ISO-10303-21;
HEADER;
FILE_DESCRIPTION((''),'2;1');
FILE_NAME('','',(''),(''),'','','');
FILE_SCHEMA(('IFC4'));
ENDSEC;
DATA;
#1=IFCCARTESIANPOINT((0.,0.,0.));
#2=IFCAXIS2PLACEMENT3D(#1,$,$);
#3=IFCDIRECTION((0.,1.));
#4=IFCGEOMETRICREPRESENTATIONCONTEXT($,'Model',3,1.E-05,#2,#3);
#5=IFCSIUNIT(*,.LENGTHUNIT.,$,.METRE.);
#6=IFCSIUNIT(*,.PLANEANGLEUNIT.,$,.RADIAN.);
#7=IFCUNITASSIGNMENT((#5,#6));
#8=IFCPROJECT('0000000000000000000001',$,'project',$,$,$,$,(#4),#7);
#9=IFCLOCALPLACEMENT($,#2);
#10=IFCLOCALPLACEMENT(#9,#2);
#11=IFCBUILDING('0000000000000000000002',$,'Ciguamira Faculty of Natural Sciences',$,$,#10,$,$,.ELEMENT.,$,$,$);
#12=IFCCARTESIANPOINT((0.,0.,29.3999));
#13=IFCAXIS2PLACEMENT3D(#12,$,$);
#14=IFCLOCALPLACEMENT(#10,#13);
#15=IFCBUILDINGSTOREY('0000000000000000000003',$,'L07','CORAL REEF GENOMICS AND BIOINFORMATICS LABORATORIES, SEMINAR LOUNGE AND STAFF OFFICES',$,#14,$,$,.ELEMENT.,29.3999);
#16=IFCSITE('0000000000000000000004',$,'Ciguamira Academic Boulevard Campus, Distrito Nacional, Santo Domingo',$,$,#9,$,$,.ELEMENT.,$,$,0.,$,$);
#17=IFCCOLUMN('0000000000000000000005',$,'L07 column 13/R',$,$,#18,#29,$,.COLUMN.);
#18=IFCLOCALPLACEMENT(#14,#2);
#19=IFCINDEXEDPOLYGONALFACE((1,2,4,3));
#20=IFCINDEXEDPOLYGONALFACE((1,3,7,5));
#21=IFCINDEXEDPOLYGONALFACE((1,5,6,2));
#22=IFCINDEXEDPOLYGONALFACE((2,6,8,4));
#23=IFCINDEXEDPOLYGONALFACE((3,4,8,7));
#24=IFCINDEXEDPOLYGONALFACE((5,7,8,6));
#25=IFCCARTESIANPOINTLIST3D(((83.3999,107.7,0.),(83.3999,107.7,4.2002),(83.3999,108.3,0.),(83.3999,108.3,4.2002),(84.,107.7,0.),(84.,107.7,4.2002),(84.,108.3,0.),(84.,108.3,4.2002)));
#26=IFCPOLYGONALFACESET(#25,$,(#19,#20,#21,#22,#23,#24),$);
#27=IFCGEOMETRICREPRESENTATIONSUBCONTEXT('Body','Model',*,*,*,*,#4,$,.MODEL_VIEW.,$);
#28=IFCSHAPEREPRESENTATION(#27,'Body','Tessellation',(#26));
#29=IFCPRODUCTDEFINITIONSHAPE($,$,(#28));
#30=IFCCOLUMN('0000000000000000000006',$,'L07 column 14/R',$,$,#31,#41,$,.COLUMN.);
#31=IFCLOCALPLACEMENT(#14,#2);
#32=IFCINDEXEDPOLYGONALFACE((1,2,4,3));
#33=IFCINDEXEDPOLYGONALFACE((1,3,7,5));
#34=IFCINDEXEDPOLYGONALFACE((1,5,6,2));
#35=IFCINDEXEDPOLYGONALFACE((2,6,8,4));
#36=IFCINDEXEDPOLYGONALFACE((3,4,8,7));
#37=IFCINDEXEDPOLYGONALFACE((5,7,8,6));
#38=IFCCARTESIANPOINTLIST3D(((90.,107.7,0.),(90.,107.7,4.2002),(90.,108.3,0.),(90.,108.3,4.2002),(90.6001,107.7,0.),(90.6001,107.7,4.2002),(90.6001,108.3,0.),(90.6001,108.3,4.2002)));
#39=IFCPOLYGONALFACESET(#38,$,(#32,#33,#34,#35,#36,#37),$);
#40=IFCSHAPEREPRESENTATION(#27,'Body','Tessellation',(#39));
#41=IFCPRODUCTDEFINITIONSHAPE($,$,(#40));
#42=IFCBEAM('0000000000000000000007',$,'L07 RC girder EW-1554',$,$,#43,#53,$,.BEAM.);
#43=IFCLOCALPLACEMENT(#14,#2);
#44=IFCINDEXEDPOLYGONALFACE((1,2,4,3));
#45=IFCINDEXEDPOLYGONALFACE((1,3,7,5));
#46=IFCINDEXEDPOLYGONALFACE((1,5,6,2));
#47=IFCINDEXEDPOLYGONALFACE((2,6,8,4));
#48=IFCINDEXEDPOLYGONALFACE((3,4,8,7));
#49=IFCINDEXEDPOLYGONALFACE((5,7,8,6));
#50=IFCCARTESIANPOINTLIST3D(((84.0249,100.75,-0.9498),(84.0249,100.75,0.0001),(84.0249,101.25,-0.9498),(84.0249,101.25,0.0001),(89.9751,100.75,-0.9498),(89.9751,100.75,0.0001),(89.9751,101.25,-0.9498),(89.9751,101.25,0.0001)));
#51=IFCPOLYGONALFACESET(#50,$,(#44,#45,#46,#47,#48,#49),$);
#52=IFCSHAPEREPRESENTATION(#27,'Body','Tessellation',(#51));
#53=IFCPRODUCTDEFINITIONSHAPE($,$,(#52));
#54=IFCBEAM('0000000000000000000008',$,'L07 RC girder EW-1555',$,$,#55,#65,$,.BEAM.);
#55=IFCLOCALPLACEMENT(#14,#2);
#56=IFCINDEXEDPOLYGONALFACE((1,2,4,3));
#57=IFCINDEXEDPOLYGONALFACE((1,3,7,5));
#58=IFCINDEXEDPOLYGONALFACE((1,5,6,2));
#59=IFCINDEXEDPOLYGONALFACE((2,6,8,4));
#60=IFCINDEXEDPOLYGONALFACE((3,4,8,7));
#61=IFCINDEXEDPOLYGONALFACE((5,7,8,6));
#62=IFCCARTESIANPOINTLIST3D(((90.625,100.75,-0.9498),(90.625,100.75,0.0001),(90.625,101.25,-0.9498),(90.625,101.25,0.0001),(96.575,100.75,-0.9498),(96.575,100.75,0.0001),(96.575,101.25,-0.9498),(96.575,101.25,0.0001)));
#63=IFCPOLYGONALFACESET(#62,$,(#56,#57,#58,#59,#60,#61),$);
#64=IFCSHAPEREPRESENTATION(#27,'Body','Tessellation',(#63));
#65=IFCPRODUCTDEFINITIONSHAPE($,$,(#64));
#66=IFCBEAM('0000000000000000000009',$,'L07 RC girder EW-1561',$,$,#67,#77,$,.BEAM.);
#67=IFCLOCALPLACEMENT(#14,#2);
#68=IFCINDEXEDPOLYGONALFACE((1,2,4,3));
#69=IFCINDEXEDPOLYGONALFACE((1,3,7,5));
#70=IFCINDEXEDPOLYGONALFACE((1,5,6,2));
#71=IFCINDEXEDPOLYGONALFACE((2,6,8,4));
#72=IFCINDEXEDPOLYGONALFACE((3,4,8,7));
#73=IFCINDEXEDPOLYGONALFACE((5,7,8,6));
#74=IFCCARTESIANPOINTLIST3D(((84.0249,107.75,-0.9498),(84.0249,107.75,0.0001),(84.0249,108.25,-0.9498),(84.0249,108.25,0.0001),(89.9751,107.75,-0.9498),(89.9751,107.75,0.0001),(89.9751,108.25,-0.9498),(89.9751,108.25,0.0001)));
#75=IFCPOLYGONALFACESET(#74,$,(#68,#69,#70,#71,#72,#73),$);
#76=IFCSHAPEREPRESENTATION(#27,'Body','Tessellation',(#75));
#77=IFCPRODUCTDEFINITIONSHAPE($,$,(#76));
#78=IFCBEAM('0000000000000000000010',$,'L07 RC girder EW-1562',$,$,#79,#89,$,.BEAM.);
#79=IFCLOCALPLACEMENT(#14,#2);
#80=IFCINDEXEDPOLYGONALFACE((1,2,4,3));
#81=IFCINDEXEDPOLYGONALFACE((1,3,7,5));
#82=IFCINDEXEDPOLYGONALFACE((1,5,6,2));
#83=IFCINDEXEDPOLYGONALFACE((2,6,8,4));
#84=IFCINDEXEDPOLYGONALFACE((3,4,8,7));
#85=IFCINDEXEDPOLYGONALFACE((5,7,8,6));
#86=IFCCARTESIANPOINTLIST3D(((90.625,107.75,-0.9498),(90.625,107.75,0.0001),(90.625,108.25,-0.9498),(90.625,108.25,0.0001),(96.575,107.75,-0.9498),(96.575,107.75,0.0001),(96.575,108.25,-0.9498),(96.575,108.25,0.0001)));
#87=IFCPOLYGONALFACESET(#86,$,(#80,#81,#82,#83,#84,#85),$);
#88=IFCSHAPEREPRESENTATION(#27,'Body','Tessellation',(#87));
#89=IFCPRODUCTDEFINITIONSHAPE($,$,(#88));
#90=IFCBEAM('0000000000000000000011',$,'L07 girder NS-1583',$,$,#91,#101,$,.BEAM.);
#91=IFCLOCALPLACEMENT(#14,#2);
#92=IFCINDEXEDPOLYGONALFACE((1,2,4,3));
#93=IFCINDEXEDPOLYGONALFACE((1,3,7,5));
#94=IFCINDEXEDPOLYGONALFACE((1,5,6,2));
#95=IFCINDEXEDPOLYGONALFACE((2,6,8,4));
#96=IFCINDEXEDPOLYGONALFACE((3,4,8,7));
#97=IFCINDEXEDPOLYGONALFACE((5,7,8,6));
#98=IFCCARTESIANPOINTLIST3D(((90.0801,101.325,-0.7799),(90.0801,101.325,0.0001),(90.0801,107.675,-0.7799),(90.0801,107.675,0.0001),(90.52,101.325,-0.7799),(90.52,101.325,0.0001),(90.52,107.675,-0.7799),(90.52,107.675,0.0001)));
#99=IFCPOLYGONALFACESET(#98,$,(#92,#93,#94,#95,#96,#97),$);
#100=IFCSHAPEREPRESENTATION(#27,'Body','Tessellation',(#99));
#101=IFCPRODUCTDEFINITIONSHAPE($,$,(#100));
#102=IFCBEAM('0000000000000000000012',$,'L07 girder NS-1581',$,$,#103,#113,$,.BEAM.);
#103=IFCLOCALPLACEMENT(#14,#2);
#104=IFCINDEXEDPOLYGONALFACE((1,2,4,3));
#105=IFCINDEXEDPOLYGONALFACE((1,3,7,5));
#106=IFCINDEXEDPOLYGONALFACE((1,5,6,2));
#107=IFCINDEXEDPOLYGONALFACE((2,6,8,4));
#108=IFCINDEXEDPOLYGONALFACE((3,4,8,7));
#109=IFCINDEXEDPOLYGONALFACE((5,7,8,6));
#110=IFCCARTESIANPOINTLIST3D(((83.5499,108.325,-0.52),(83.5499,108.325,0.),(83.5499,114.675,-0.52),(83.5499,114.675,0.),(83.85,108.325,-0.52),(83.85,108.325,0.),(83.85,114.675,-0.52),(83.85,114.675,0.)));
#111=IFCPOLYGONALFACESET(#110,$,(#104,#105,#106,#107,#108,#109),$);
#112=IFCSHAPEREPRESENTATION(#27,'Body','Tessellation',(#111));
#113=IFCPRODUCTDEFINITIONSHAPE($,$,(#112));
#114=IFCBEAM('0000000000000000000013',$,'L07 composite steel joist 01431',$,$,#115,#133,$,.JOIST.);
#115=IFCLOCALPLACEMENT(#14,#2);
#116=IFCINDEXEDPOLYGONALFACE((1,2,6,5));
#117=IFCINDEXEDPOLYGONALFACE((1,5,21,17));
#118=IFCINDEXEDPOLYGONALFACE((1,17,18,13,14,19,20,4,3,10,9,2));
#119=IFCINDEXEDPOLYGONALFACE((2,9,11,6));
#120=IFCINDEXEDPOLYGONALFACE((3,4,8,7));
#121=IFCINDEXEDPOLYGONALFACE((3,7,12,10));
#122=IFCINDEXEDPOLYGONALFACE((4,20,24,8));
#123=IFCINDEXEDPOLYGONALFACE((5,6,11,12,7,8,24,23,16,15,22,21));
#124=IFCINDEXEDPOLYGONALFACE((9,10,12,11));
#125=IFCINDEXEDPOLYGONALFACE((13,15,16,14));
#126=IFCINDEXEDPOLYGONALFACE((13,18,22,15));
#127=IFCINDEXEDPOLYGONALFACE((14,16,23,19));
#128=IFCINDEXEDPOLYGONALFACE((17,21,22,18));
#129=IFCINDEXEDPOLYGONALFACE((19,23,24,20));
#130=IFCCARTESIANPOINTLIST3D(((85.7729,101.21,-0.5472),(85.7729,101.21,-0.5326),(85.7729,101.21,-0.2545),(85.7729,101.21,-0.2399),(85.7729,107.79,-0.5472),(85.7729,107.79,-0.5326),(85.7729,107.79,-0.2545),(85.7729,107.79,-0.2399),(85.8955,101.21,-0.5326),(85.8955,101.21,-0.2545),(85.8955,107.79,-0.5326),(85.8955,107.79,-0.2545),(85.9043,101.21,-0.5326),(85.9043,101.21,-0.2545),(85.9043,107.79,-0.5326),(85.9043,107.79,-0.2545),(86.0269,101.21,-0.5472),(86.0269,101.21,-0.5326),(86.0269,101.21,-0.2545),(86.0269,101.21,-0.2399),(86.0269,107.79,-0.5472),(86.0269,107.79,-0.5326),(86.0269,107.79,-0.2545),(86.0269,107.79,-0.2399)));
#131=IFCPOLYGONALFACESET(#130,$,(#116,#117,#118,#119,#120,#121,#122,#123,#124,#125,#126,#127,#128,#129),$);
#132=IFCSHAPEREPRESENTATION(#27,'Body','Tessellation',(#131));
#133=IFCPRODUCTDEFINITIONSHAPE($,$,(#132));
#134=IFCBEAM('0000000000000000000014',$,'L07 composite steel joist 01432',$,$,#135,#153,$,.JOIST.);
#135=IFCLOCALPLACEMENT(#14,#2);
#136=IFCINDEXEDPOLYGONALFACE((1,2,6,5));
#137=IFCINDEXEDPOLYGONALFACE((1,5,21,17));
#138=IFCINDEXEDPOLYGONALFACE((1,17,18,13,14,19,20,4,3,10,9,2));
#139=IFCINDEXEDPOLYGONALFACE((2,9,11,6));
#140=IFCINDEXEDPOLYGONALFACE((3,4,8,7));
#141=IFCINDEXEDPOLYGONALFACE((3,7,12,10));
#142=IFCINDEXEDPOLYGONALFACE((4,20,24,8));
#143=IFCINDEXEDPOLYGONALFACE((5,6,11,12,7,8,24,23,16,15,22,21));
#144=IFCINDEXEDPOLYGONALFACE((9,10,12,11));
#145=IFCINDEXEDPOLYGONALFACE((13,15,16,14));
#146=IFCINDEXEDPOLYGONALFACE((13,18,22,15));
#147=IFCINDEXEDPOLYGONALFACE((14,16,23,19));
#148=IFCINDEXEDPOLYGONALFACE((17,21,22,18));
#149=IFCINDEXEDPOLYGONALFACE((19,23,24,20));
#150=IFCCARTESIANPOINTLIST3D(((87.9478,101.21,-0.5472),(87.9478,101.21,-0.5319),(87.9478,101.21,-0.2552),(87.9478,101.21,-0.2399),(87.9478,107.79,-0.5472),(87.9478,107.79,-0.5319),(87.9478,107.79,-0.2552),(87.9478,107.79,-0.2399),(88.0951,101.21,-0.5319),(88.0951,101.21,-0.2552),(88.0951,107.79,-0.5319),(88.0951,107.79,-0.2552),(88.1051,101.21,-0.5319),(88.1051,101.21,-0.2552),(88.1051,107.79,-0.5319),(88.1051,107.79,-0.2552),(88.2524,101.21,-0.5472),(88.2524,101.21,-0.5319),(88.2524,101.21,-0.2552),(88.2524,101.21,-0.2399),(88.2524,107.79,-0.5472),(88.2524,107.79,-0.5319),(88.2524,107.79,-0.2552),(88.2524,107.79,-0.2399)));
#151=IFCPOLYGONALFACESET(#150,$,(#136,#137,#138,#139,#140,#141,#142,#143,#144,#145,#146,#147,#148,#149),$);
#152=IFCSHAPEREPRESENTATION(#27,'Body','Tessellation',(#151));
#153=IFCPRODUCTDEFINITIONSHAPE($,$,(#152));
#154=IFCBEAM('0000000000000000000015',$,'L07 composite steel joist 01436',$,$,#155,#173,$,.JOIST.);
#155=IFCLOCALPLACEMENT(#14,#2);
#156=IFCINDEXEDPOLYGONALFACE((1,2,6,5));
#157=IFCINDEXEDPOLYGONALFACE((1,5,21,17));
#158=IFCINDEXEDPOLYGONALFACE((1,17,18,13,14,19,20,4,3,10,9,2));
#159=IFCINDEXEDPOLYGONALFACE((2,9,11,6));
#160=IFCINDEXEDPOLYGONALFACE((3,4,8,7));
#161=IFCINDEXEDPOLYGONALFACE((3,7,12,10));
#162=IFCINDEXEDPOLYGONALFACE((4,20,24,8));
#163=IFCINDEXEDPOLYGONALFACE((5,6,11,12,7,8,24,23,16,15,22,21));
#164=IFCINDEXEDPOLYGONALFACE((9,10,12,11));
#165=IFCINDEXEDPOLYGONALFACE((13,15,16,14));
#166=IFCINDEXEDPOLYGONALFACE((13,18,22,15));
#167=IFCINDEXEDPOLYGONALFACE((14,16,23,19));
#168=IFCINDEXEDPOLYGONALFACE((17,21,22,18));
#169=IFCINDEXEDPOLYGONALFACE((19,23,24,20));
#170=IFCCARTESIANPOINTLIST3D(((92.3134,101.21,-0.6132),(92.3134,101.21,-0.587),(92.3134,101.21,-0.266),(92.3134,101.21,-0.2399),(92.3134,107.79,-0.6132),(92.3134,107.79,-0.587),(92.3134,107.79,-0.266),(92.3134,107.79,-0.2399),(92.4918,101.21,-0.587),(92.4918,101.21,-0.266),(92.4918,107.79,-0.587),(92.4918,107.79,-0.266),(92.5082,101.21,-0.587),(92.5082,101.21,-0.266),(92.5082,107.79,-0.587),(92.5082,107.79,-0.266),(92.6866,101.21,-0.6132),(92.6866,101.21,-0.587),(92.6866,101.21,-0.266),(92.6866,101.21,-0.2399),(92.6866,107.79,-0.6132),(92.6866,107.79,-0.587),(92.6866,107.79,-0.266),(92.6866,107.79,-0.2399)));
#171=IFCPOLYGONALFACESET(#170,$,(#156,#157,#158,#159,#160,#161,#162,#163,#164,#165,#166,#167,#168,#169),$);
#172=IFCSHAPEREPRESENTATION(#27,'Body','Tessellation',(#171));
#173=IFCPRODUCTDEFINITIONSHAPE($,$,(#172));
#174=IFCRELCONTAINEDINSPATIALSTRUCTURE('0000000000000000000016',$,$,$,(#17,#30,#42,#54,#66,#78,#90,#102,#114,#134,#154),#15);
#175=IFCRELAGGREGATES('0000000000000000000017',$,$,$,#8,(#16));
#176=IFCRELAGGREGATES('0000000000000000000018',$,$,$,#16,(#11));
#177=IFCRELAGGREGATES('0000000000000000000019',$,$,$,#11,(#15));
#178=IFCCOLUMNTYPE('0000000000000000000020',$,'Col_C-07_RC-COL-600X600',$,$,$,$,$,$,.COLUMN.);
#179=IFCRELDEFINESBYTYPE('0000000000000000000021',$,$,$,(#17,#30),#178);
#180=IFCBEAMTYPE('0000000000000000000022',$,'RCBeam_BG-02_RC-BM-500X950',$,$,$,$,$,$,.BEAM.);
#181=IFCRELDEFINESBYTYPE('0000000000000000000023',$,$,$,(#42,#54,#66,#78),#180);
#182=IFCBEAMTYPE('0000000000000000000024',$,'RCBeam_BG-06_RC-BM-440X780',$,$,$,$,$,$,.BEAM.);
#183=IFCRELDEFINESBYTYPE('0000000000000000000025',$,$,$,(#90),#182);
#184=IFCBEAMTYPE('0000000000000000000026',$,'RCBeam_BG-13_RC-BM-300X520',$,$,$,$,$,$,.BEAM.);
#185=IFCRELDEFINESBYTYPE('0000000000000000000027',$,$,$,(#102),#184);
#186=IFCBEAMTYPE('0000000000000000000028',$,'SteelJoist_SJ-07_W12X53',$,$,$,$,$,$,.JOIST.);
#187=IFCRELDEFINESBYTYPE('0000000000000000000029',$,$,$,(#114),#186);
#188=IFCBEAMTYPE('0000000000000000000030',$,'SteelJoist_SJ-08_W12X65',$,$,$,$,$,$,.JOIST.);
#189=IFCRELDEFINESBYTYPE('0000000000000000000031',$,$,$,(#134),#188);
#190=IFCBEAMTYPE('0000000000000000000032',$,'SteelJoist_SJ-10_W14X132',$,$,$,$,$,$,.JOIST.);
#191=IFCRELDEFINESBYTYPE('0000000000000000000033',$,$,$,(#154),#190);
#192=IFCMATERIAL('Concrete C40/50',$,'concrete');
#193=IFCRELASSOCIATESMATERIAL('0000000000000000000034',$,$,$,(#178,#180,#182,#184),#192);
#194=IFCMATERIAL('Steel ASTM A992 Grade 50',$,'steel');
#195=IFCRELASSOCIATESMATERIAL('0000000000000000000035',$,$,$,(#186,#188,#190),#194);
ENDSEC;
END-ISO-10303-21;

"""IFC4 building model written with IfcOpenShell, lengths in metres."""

from ifc_helpers import new_model, si_unit, direction, frame, origin, origin_2d, place, context, subcontext, project, spatial, rectangle, i_section, extrude, material, material_profile, profile_set, type_object, element, save


model = new_model("IFC4")

# Units and contexts
model_context = context("Model", 3, precision=1e-05, world=origin(), true_north=direction((0.0, 1.0)))
body_context = subcontext(model_context, "Body", "Model", "MODEL_VIEW")
ifc_project = project(units=[si_unit("LENGTHUNIT", "METRE"), si_unit("PLANEANGLEUNIT", "RADIAN")], contexts=[model_context])

# Site, building, storey
site_placement = place(None, origin())
site = spatial("IfcSite", under=ifc_project, at=site_placement, Name="Ciguamira Academic Boulevard Campus, Distrito Nacional, Santo Domingo", CompositionType="ELEMENT", RefElevation=0.0)
building_placement = place(site_placement, origin())
building = spatial("IfcBuilding", under=site, at=building_placement, Name="Ciguamira Faculty of Natural Sciences", CompositionType="ELEMENT")
storey_placement = place(building_placement, frame((0.0, 0.0, 29.3999)))
storey = spatial("IfcBuildingStorey", under=building, at=storey_placement, Name="L07", Description="CORAL REEF GENOMICS AND BIOINFORMATICS LABORATORIES, SEMINAR LOUNGE AND STAFF OFFICES", CompositionType="ELEMENT", Elevation=29.3999)

# Columns
ifc_material_1 = material(Name="Concrete C40/50", Category="concrete")
ifc_material_profile_1 = material_profile(ifc_material_1, rectangle(XDim=0.6001, YDim=0.6001, at=origin_2d()), Name="RC-COL-600X600")
ifc_profile_set_1 = profile_set([ifc_material_profile_1], Name="Concrete C40/50")
column_type = type_object("IfcColumnType", Name="Col_C-07_RC-COL-600X600", PredefinedType="COLUMN", material=ifc_profile_set_1)
for number, where, z_axis, x_axis, name in (
    (1, (83.7, 108.0, 0.0), (0.0, 0.0, 1.0), (1.0, 0.0, 0.0), "L07 column 13/R"),
    (2, (90.3, 108.0, 0.0), (0.0, 0.0, 1.0), (1.0, 0.0, 0.0), "L07 column 14/R"),
):
    element("IfcColumn", number, at=place(storey_placement, frame(where, z_axis=z_axis, x_axis=x_axis)), inside=storey, type_object=column_type, Name=name, PredefinedType="COLUMN", context=body_context, shape_type="SweptSolid", body=[
        extrude(rectangle(XDim=0.6001, YDim=0.6001, at=origin_2d()), origin(), (0.0, 0.0, 1.0), 4.2002),
    ])

# Beams
ifc_material_profile_2 = material_profile(ifc_material_1, rectangle(XDim=0.5, YDim=0.95, at=origin_2d()), Name="RC-BM-500X950")
ifc_profile_set_2 = profile_set([ifc_material_profile_2], Name="Concrete C40/50")
beam_type_1 = type_object("IfcBeamType", Name="RCBeam_BG-02_RC-BM-500X950", PredefinedType="BEAM", material=ifc_profile_set_2)
beam_1_placement = place(storey_placement, frame((84.0249, 101.0, -0.4749), z_axis=(1.0, 0.0, 0.0), x_axis=(0.0, 1.0, 0.0)))
element("IfcBeam", 3, at=beam_1_placement, inside=storey, type_object=beam_type_1, Name="L07 RC girder EW-1554", PredefinedType="BEAM", context=body_context, shape_type="SweptSolid", body=[
    extrude(rectangle(XDim=0.5, YDim=0.95, at=origin_2d()), origin(), (0.0, 0.0, 1.0), 5.9502),
])
beam_2_placement = place(storey_placement, frame((90.625, 101.0, -0.4749), z_axis=(1.0, 0.0, 0.0), x_axis=(0.0, 1.0, 0.0)))
element("IfcBeam", 4, at=beam_2_placement, inside=storey, type_object=beam_type_1, Name="L07 RC girder EW-1555", PredefinedType="BEAM", context=body_context, shape_type="SweptSolid", body=[
    extrude(rectangle(XDim=0.5, YDim=0.95, at=origin_2d()), origin(), (0.0, 0.0, 1.0), 5.95),
])
beam_3_placement = place(storey_placement, frame((84.0249, 108.0, -0.4749), z_axis=(1.0, 0.0, 0.0), x_axis=(0.0, 1.0, 0.0)))
element("IfcBeam", 5, at=beam_3_placement, inside=storey, type_object=beam_type_1, Name="L07 RC girder EW-1561", PredefinedType="BEAM", context=body_context, shape_type="SweptSolid", body=[
    extrude(rectangle(XDim=0.5, YDim=0.95, at=origin_2d()), origin(), (0.0, 0.0, 1.0), 5.9502),
])
beam_4_placement = place(storey_placement, frame((90.625, 108.0, -0.4749), z_axis=(1.0, 0.0, 0.0), x_axis=(0.0, 1.0, 0.0)))
element("IfcBeam", 6, at=beam_4_placement, inside=storey, type_object=beam_type_1, Name="L07 RC girder EW-1562", PredefinedType="BEAM", context=body_context, shape_type="SweptSolid", body=[
    extrude(rectangle(XDim=0.5, YDim=0.95, at=origin_2d()), origin(), (0.0, 0.0, 1.0), 5.95),
])
ifc_material_profile_3 = material_profile(ifc_material_1, rectangle(XDim=0.4399, YDim=0.78, at=origin_2d()), Name="RC-BM-440X780")
ifc_profile_set_3 = profile_set([ifc_material_profile_3], Name="Concrete C40/50")
beam_type_2 = type_object("IfcBeamType", Name="RCBeam_BG-06_RC-BM-440X780", PredefinedType="BEAM", material=ifc_profile_set_3)
beam_5_placement = place(storey_placement, frame((90.3, 101.325, -0.3899), z_axis=(0.0, 1.0, 0.0), x_axis=(-1.0, 0.0, 0.0)))
element("IfcBeam", 7, at=beam_5_placement, inside=storey, type_object=beam_type_2, Name="L07 girder NS-1583", PredefinedType="BEAM", context=body_context, shape_type="SweptSolid", body=[
    extrude(rectangle(XDim=0.4399, YDim=0.78, at=origin_2d()), origin(), (0.0, 0.0, 1.0), 6.3501),
])
ifc_material_profile_4 = material_profile(ifc_material_1, rectangle(XDim=0.3, YDim=0.52, at=origin_2d()), Name="RC-BM-300X520")
ifc_profile_set_4 = profile_set([ifc_material_profile_4], Name="Concrete C40/50")
beam_type_3 = type_object("IfcBeamType", Name="RCBeam_BG-13_RC-BM-300X520", PredefinedType="BEAM", material=ifc_profile_set_4)
beam_6_placement = place(storey_placement, frame((83.7, 108.325, -0.26), z_axis=(0.0, 1.0, 0.0), x_axis=(-1.0, 0.0, 0.0)))
element("IfcBeam", 8, at=beam_6_placement, inside=storey, type_object=beam_type_3, Name="L07 girder NS-1581", PredefinedType="BEAM", context=body_context, shape_type="SweptSolid", body=[
    extrude(rectangle(XDim=0.3, YDim=0.52, at=origin_2d()), origin(), (0.0, 0.0, 1.0), 6.3501),
])
ifc_material_2 = material(Name="Steel ASTM A992 Grade 50", Category="steel")
ifc_material_profile_5 = material_profile(ifc_material_2, i_section(OverallWidth=0.2539, OverallDepth=0.3074, WebThickness=0.0088, FlangeThickness=0.0146, at=origin_2d()), Name="W12X53")
ifc_profile_set_5 = profile_set([ifc_material_profile_5], Name="Steel ASTM A992 Grade 50")
beam_type_4 = type_object("IfcBeamType", Name="SteelJoist_SJ-07_W12X53", PredefinedType="JOIST", material=ifc_profile_set_5)
beam_7_placement = place(storey_placement, frame((85.8999, 101.21, -0.3936), z_axis=(0.0, 1.0, 0.0), x_axis=(-1.0, 0.0, 0.0)))
element("IfcBeam", 9, at=beam_7_placement, inside=storey, type_object=beam_type_4, Name="L07 composite steel joist 01431", PredefinedType="JOIST", context=body_context, shape_type="SweptSolid", body=[
    extrude(i_section(OverallWidth=0.2539, OverallDepth=0.3074, WebThickness=0.0088, FlangeThickness=0.0146, at=origin_2d()), origin(), (0.0, 0.0, 1.0), 6.5801),
])
ifc_material_profile_6 = material_profile(ifc_material_2, i_section(OverallWidth=0.3047, OverallDepth=0.3074, WebThickness=0.01, FlangeThickness=0.0154, at=origin_2d()), Name="W12X65")
ifc_profile_set_6 = profile_set([ifc_material_profile_6], Name="Steel ASTM A992 Grade 50")
beam_type_5 = type_object("IfcBeamType", Name="SteelJoist_SJ-08_W12X65", PredefinedType="JOIST", material=ifc_profile_set_6)
beam_8_placement = place(storey_placement, frame((88.1001, 101.21, -0.3936), z_axis=(0.0, 1.0, 0.0), x_axis=(-1.0, 0.0, 0.0)))
element("IfcBeam", 10, at=beam_8_placement, inside=storey, type_object=beam_type_5, Name="L07 composite steel joist 01432", PredefinedType="JOIST", context=body_context, shape_type="SweptSolid", body=[
    extrude(i_section(OverallWidth=0.3047, OverallDepth=0.3074, WebThickness=0.01, FlangeThickness=0.0154, at=origin_2d()), origin(), (0.0, 0.0, 1.0), 6.5801),
])
ifc_material_profile_7 = material_profile(ifc_material_2, i_section(OverallWidth=0.3733, OverallDepth=0.3733, WebThickness=0.0164, FlangeThickness=0.0261, at=origin_2d()), Name="W14X132")
ifc_profile_set_7 = profile_set([ifc_material_profile_7], Name="Steel ASTM A992 Grade 50")
beam_type_6 = type_object("IfcBeamType", Name="SteelJoist_SJ-10_W14X132", PredefinedType="JOIST", material=ifc_profile_set_7)
beam_9_placement = place(storey_placement, frame((92.5, 101.21, -0.4265), z_axis=(0.0, 1.0, 0.0), x_axis=(-1.0, 0.0, 0.0)))
element("IfcBeam", 11, at=beam_9_placement, inside=storey, type_object=beam_type_6, Name="L07 composite steel joist 01436", PredefinedType="JOIST", context=body_context, shape_type="SweptSolid", body=[
    extrude(i_section(OverallWidth=0.3733, OverallDepth=0.3733, WebThickness=0.0164, FlangeThickness=0.0261, at=origin_2d()), origin(), (0.0, 0.0, 1.0), 6.5801),
])

save(model, "model.ifc")
